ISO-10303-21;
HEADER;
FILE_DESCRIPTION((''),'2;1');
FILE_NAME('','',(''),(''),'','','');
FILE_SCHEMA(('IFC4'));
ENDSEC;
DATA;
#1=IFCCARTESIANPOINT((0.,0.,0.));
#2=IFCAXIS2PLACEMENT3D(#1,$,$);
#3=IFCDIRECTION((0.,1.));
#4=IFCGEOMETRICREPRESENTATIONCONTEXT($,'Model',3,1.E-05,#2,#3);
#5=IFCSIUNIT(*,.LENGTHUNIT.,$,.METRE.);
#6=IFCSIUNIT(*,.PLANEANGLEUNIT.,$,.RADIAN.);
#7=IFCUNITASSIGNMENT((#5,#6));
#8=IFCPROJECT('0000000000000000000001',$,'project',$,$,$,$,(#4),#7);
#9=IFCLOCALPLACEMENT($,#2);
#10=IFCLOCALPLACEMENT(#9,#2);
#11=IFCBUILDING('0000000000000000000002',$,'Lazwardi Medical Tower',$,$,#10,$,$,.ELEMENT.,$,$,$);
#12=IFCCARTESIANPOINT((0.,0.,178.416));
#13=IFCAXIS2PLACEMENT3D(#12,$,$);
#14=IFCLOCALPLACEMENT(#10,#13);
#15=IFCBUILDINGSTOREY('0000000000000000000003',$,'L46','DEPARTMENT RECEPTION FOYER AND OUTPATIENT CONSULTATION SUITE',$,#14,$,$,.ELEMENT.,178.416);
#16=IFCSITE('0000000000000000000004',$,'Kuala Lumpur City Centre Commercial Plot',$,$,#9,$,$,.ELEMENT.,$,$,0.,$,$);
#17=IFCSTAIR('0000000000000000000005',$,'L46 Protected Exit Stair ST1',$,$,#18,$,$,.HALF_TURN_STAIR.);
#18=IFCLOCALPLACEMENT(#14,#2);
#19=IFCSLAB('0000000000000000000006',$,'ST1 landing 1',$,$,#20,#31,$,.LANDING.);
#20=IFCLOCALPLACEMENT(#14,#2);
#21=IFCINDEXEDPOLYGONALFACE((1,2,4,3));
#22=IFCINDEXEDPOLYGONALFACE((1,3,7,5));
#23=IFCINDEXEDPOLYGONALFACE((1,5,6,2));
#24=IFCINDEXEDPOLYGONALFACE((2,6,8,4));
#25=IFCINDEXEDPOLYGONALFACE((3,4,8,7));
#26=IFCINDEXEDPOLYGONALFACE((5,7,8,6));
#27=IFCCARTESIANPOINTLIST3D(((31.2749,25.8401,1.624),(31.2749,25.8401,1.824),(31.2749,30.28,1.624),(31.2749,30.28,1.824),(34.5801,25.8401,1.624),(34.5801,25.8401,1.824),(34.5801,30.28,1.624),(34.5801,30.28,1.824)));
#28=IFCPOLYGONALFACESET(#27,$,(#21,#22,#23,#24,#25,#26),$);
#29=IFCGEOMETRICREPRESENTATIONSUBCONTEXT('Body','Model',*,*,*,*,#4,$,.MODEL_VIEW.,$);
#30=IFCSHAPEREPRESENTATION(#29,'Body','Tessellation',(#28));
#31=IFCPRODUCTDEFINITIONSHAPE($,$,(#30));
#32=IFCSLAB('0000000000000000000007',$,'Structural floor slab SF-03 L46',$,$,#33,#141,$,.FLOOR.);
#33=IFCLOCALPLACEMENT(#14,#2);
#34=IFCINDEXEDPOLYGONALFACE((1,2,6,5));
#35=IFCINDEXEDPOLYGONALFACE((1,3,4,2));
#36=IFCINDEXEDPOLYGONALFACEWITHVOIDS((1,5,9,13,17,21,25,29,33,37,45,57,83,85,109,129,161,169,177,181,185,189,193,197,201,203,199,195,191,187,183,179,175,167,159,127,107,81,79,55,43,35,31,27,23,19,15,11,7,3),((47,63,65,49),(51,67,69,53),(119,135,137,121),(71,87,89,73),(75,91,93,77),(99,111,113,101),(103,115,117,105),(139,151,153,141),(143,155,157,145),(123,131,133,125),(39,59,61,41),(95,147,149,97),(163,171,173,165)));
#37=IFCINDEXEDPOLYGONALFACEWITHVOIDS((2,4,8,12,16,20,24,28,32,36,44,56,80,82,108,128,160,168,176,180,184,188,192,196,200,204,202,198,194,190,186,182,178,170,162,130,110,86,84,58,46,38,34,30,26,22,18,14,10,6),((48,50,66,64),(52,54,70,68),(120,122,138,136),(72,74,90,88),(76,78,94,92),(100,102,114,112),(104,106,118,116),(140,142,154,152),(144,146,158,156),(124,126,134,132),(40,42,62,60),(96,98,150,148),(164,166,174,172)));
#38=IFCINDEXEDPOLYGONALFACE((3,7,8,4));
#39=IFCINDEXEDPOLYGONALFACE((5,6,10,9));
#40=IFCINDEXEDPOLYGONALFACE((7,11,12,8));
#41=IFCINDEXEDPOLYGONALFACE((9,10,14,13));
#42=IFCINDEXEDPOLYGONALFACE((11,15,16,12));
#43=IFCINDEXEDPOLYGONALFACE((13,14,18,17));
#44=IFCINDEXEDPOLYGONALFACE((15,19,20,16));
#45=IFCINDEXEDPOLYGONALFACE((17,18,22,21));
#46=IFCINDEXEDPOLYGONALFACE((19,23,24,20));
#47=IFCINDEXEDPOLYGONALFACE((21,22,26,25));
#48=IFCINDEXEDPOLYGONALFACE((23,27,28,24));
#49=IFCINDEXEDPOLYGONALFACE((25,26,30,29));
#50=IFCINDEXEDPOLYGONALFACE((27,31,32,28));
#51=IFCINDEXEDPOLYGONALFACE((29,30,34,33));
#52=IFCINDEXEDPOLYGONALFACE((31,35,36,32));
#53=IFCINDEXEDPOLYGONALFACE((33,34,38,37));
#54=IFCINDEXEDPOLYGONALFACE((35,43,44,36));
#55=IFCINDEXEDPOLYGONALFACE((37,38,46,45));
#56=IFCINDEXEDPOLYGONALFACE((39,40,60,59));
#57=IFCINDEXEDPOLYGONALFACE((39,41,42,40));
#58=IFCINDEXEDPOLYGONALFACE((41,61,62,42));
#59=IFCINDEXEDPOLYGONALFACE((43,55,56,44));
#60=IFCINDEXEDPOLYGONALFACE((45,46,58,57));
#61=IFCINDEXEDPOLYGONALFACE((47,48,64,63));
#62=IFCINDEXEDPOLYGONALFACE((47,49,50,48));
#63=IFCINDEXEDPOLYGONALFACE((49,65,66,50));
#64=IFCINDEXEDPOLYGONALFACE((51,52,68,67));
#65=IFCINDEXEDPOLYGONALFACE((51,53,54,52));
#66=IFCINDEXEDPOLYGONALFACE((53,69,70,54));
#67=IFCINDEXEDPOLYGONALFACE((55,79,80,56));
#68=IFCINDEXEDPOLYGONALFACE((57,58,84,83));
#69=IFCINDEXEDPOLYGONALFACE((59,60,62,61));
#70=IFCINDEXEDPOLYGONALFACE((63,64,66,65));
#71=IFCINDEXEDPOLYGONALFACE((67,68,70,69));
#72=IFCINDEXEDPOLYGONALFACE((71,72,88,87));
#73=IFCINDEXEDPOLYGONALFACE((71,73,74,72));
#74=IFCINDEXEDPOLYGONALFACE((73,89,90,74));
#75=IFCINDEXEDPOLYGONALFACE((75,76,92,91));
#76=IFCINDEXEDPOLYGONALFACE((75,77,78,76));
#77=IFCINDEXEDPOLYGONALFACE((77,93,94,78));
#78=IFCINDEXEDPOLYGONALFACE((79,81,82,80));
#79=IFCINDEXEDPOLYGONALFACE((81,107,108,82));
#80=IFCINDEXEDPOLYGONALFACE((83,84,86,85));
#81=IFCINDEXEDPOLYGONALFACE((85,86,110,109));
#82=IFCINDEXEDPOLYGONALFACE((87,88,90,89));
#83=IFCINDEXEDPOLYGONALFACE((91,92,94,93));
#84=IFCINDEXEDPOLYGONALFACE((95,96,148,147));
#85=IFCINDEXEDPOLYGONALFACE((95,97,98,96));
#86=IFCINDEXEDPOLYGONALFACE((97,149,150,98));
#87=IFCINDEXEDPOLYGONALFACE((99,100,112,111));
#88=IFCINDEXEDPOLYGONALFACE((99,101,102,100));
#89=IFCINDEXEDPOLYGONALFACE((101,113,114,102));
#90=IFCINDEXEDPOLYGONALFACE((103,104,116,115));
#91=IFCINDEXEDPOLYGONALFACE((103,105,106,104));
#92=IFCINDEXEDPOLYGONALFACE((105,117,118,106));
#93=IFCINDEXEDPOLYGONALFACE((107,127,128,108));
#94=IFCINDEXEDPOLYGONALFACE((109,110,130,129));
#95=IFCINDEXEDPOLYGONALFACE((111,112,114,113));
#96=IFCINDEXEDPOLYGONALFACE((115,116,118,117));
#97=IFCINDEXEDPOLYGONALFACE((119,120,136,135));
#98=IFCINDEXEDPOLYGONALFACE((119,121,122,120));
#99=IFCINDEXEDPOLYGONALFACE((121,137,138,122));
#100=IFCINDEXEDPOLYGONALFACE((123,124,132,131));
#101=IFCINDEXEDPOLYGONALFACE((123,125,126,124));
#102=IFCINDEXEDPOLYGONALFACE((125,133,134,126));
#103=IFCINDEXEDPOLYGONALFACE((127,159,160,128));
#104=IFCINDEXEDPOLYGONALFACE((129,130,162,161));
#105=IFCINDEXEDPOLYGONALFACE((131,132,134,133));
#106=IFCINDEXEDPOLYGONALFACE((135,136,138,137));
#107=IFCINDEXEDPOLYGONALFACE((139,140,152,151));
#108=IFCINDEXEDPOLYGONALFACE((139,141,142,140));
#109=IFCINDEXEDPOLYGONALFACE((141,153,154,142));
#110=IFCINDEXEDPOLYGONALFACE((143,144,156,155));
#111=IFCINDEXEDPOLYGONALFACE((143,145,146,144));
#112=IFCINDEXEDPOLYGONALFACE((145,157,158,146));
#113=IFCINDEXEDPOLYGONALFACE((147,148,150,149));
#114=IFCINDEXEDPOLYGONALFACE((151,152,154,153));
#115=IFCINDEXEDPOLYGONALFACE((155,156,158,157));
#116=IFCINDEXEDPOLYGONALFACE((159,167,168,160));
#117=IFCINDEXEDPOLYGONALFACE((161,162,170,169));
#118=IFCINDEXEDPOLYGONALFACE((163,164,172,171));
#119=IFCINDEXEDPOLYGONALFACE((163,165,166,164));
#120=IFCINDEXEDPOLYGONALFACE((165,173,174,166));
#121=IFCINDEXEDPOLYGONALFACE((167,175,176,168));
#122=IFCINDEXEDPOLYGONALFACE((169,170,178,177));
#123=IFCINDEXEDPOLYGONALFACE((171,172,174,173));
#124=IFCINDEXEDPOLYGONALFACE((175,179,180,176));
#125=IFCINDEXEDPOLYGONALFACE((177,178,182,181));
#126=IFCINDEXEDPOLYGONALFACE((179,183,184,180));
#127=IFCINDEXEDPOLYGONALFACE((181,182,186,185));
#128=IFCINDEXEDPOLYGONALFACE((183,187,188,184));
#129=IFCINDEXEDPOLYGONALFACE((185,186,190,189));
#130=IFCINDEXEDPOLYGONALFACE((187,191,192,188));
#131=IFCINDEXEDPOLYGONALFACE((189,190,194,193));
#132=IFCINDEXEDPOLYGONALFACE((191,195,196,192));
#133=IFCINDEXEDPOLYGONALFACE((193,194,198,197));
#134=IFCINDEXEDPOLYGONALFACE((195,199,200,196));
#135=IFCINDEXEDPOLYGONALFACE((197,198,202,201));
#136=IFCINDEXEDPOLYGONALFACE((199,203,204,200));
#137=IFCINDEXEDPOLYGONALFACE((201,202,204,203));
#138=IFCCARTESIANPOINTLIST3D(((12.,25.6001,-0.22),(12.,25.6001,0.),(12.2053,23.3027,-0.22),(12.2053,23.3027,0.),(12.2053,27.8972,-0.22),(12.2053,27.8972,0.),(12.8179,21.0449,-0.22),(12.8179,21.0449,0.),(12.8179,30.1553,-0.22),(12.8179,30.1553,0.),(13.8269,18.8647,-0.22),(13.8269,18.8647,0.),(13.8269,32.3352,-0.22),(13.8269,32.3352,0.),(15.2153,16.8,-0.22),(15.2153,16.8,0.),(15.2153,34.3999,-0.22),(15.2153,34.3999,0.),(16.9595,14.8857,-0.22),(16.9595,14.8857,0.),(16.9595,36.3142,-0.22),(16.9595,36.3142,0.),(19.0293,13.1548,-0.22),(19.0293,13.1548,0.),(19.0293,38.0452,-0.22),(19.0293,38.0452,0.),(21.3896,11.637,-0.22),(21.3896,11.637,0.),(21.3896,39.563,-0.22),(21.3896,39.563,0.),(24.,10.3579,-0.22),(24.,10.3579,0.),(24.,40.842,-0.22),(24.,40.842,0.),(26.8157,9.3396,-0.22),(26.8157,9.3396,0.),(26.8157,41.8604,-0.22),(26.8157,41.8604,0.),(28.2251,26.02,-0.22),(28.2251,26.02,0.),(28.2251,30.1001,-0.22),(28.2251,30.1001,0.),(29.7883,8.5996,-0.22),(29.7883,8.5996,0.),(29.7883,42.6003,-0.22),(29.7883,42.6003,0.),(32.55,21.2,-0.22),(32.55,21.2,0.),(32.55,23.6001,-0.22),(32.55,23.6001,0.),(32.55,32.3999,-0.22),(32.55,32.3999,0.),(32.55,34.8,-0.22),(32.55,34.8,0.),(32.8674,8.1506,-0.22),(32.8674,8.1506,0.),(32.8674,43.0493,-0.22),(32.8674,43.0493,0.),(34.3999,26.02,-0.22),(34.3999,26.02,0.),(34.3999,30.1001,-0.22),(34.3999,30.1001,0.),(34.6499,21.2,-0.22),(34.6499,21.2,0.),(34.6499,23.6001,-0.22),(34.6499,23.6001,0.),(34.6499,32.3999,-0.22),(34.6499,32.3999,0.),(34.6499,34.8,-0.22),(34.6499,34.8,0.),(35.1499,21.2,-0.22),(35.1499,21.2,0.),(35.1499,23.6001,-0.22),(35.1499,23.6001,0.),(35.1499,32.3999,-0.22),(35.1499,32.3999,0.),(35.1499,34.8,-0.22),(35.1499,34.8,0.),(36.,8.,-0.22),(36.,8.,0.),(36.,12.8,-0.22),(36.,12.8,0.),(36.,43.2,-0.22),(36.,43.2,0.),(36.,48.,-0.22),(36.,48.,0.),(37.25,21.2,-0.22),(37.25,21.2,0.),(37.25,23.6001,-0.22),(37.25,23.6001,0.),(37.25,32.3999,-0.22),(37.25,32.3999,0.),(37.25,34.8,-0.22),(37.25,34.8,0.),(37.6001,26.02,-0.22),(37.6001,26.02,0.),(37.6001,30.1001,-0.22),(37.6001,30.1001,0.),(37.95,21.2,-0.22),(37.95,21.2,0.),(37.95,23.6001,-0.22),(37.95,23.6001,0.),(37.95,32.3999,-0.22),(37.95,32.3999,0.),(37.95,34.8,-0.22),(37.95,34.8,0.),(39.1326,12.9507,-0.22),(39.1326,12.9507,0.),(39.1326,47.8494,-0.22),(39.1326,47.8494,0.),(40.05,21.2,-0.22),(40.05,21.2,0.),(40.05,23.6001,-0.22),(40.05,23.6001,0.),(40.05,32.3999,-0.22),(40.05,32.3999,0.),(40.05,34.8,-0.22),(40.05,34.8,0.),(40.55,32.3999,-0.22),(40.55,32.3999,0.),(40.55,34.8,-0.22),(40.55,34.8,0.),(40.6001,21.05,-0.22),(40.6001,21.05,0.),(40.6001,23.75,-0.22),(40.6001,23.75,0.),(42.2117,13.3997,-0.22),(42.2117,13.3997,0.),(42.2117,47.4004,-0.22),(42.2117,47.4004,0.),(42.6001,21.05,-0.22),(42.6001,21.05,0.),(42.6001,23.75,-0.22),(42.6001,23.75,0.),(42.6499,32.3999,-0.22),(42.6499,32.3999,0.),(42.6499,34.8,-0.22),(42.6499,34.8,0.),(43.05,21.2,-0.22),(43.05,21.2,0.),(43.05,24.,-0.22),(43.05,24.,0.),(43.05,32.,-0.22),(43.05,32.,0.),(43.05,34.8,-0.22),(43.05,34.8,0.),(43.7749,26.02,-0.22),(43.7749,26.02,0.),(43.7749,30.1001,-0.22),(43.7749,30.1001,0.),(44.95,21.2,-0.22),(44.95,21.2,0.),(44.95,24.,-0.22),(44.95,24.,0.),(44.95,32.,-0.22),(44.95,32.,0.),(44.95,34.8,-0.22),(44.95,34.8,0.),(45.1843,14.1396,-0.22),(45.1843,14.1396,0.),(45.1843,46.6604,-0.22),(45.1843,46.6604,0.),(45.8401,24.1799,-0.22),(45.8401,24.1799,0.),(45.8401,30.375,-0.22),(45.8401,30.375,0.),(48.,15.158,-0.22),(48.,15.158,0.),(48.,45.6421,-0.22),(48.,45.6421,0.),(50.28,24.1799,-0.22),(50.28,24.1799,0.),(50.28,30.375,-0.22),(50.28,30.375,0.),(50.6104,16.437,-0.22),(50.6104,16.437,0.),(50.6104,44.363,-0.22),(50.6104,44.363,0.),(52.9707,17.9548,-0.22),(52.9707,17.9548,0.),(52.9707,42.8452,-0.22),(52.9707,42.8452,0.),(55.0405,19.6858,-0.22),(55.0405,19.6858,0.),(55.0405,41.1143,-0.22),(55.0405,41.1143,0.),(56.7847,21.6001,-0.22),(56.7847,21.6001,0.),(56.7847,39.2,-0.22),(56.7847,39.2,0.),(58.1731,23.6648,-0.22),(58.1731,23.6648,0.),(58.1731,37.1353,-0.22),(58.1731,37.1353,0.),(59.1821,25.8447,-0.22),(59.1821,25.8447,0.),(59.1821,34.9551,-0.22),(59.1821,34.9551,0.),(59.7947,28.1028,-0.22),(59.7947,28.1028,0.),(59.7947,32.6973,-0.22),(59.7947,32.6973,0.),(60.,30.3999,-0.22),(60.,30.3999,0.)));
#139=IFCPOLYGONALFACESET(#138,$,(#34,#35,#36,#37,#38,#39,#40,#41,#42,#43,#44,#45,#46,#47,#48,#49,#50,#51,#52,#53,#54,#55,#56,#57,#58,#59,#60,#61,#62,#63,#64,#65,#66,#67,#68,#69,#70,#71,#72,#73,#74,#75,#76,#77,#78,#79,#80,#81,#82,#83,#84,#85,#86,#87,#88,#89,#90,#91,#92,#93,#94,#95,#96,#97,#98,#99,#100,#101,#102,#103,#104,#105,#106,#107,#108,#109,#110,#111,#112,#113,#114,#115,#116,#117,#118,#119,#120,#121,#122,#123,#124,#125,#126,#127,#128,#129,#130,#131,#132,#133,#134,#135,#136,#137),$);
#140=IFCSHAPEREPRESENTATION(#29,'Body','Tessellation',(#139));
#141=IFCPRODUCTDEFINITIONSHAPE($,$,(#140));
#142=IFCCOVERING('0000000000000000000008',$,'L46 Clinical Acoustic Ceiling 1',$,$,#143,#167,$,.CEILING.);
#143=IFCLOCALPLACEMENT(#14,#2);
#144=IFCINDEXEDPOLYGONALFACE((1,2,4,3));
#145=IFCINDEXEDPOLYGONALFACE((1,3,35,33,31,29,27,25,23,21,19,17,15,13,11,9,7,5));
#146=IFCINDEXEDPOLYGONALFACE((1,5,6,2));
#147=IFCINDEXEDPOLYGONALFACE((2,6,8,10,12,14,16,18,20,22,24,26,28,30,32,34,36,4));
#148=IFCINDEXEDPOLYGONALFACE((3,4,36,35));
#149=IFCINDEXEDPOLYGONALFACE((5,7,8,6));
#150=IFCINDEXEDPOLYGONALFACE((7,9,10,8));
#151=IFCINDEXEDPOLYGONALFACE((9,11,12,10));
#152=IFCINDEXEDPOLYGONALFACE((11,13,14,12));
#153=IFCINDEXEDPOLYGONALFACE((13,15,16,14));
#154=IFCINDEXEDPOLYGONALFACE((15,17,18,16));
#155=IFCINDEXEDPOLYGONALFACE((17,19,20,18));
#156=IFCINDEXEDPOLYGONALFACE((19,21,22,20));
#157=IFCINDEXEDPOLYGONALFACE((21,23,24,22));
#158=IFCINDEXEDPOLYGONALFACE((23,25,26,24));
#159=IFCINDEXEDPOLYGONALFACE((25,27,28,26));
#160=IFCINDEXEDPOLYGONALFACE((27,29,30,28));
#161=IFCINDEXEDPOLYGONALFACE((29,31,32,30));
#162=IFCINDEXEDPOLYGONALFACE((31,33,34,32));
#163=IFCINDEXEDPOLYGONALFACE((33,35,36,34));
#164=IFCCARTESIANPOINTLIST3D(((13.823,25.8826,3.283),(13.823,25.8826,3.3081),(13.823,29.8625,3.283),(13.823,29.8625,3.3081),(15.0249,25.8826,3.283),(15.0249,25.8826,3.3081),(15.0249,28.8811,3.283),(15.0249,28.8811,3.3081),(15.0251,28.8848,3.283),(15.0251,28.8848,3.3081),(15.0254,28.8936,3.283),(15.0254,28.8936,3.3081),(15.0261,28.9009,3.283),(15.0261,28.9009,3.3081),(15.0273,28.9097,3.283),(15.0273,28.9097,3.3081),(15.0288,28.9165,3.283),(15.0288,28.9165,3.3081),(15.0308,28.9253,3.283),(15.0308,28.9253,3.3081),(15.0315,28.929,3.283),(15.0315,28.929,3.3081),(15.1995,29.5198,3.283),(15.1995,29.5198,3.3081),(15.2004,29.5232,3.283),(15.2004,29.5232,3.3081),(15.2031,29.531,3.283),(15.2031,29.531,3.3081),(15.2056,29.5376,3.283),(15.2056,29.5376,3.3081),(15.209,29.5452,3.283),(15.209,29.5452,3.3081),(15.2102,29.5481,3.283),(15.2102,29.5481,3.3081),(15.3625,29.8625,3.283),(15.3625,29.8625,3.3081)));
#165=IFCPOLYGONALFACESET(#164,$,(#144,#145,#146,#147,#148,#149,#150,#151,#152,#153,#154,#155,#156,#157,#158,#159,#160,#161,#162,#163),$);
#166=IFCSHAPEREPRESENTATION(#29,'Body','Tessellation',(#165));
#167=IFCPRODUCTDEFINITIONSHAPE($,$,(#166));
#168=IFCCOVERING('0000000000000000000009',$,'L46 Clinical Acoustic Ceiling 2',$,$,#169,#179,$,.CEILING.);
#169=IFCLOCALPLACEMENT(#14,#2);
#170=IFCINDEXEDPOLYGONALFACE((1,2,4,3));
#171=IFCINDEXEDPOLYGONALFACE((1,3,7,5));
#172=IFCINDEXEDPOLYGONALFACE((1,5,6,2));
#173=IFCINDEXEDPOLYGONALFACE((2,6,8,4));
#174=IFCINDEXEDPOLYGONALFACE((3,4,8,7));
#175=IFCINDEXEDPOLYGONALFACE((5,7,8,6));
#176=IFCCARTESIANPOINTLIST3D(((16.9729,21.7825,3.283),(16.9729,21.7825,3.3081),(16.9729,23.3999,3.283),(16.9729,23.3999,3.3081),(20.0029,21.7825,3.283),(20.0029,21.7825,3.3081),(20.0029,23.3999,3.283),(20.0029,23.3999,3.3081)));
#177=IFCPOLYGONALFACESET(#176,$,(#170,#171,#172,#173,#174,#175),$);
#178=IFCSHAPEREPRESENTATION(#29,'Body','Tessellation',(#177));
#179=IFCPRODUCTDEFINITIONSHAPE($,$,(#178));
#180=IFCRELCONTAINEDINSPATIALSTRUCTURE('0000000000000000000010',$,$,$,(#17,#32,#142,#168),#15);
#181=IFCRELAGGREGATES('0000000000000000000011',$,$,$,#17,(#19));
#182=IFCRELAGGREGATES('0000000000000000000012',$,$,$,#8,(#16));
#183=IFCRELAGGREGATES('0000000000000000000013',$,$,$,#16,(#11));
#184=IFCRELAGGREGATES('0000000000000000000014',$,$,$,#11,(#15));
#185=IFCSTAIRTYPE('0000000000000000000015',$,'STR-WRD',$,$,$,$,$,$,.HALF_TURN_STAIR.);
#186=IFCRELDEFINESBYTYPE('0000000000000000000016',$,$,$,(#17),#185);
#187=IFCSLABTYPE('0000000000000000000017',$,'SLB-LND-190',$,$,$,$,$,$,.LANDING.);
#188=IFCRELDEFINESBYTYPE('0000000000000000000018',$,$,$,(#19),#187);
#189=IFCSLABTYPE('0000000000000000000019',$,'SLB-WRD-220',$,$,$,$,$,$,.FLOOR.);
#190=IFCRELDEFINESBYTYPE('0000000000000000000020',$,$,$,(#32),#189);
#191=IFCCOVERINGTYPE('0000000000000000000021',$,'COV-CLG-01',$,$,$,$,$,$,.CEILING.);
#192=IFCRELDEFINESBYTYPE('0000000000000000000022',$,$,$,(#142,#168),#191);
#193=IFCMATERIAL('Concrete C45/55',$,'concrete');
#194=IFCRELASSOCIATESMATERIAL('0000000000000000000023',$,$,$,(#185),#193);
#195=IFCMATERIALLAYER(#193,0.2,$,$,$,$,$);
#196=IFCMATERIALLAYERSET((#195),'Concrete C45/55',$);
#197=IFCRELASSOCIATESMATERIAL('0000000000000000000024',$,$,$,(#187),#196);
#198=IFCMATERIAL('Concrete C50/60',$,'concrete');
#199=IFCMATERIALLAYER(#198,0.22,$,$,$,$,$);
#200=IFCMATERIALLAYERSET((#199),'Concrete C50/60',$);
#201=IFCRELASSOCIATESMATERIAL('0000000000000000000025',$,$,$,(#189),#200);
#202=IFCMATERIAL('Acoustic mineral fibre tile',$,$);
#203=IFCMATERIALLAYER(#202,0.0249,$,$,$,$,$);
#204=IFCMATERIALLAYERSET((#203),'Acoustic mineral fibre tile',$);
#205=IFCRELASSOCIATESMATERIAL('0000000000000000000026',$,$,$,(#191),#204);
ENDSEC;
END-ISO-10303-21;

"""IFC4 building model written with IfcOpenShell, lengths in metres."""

from ifc_helpers import new_model, si_unit, direction, frame, origin, place, context, subcontext, project, spatial, polyline, outline, extrude, material, layer, layer_set, type_object, element, aggregate, save


model = new_model("IFC4")

# Units and contexts
model_context = context("Model", 3, precision=1e-05, world=origin(), true_north=direction((0.0, 1.0)))
body_context = subcontext(model_context, "Body", "Model", "MODEL_VIEW")
ifc_project = project(units=[si_unit("LENGTHUNIT", "METRE"), si_unit("PLANEANGLEUNIT", "RADIAN")], contexts=[model_context])

# Site, building, storey
site_placement = place(None, origin())
site = spatial("IfcSite", under=ifc_project, at=site_placement, Name="Kuala Lumpur City Centre Commercial Plot", CompositionType="ELEMENT", RefElevation=0.0)
building_placement = place(site_placement, origin())
building = spatial("IfcBuilding", under=site, at=building_placement, Name="Lazwardi Medical Tower", CompositionType="ELEMENT")
storey_placement = place(building_placement, frame((0.0, 0.0, 178.416)))
storey = spatial("IfcBuildingStorey", under=building, at=storey_placement, Name="L46", Description="DEPARTMENT RECEPTION FOYER AND OUTPATIENT CONSULTATION SUITE", CompositionType="ELEMENT", Elevation=178.416)

# Stair, slab
ifc_material_1 = material(Name="Concrete C45/55", Category="concrete")
stair_type = type_object("IfcStairType", Name="STR-WRD", PredefinedType="HALF_TURN_STAIR", material=ifc_material_1)
stair_placement = place(storey_placement, origin())
stair = element("IfcStair", 1, at=stair_placement, inside=storey, type_object=stair_type, Name="L46 Protected Exit Stair ST1", PredefinedType="HALF_TURN_STAIR")
ifc_layer_1 = layer(ifc_material_1, 0.2)
ifc_layer_set_1 = layer_set([ifc_layer_1], Name="Concrete C45/55")
slab_type_1 = type_object("IfcSlabType", Name="SLB-LND-190", PredefinedType="LANDING", material=ifc_layer_set_1)
slab_1_placement = place(storey_placement, frame((0.0, 0.0, 1.624)))
slab_1 = element("IfcSlab", 2, at=slab_1_placement, type_object=slab_type_1, Name="ST1 landing 1", PredefinedType="LANDING", context=body_context, shape_type="SweptSolid", body=[
    extrude(outline(polyline([(31.2749, 25.8401), (34.5801, 25.8401), (34.5801, 30.28), (31.2749, 30.28), (31.2749, 25.8401)])), origin(), (0.0, 0.0, 1.0), 0.2),
])
aggregate(stair, [slab_1])

# Slab
ifc_material_2 = material(Name="Concrete C50/60", Category="concrete")
ifc_layer_2 = layer(ifc_material_2, 0.22)
ifc_layer_set_2 = layer_set([ifc_layer_2], Name="Concrete C50/60")
slab_type_2 = type_object("IfcSlabType", Name="SLB-WRD-220", PredefinedType="FLOOR", material=ifc_layer_set_2)
slab_2_placement = place(storey_placement, frame((0.0, 0.0, -0.22)))
element("IfcSlab", 3, at=slab_2_placement, inside=storey, type_object=slab_type_2, Name="Structural floor slab SF-03 L46", PredefinedType="FLOOR", context=body_context, shape_type="SweptSolid", body=[
    extrude(outline(polyline([(12.2053, 23.3027), (12.8179, 21.0449), (13.8269, 18.8647), (15.2153, 16.8), (16.9595, 14.8857), (19.0293, 13.1548), (21.3896, 11.637), (24.0, 10.3579), (26.8157, 9.3396), (29.7883, 8.5996), (32.8674, 8.1506), (36.0, 8.0), (36.0, 12.8), (39.1326, 12.9507), (42.2117, 13.3997), (45.1843, 14.1396), (48.0, 15.158), (50.6104, 16.437), (52.9707, 17.9548), (55.0405, 19.6858), (56.7847, 21.6001), (58.1731, 23.6648), (59.1821, 25.8447), (59.7947, 28.1028), (60.0, 30.3999), (59.7947, 32.6973), (59.1821, 34.9551), (58.1731, 37.1353), (56.7847, 39.2), (55.0405, 41.1143), (52.9707, 42.8452), (50.6104, 44.363), (48.0, 45.6421), (45.1843, 46.6604), (42.2117, 47.4004), (39.1326, 47.8494), (36.0, 48.0), (36.0, 43.2), (32.8674, 43.0493), (29.7883, 42.6003), (26.8157, 41.8604), (24.0, 40.842), (21.3896, 39.563), (19.0293, 38.0452), (16.9595, 36.3142), (15.2153, 34.3999), (13.8269, 32.3352), (12.8179, 30.1553), (12.2053, 27.8972), (12.0, 25.6001), (12.2053, 23.3027)]), holes=[polyline([(28.2251, 26.02), (28.2251, 30.1001), (34.3999, 30.1001), (34.3999, 26.02), (28.2251, 26.02)]), polyline([(37.6001, 30.1001), (43.7749, 30.1001), (43.7749, 26.02), (37.6001, 26.02), (37.6001, 30.1001)]), polyline([(50.28, 30.375), (50.28, 24.1799), (45.8401, 24.1799), (45.8401, 30.375), (50.28, 30.375)]), polyline([(34.6499, 32.3999), (32.55, 32.3999), (32.55, 34.8), (34.6499, 34.8), (34.6499, 32.3999)]), polyline([(35.1499, 32.3999), (35.1499, 34.8), (37.25, 34.8), (37.25, 32.3999), (35.1499, 32.3999)]), polyline([(32.55, 23.6001), (34.6499, 23.6001), (34.6499, 21.2), (32.55, 21.2), (32.55, 23.6001)]), polyline([(37.25, 23.6001), (37.25, 21.2), (35.1499, 21.2), (35.1499, 23.6001), (37.25, 23.6001)]), polyline([(40.05, 32.3999), (37.95, 32.3999), (37.95, 34.8), (40.05, 34.8), (40.05, 32.3999)]), polyline([(40.55, 32.3999), (40.55, 34.8), (42.6499, 34.8), (42.6499, 32.3999), (40.55, 32.3999)]), polyline([(37.95, 23.6001), (40.05, 23.6001), (40.05, 21.2), (37.95, 21.2), (37.95, 23.6001)]), polyline([(44.95, 34.8), (44.95, 32.0), (43.05, 32.0), (43.05, 34.8), (44.95, 34.8)]), polyline([(44.95, 21.2), (43.05, 21.2), (43.05, 24.0), (44.95, 24.0), (44.95, 21.2)]), polyline([(40.6001, 21.05), (40.6001, 23.75), (42.6001, 23.75), (42.6001, 21.05), (40.6001, 21.05)])]), origin(), (0.0, 0.0, 1.0), 0.22),
])

# Coverings
ifc_material_3 = material(Name="Acoustic mineral fibre tile")
ifc_layer_3 = layer(ifc_material_3, 0.0249)
ifc_layer_set_3 = layer_set([ifc_layer_3], Name="Acoustic mineral fibre tile")
covering_type_1 = type_object("IfcCoveringType", Name="COV-CLG-01", PredefinedType="CEILING", material=ifc_layer_set_3)
covering_1_placement = place(storey_placement, frame((0.0, 0.0, 3.283)))
element("IfcCovering", 4, at=covering_1_placement, inside=storey, type_object=covering_type_1, Name="L46 Clinical Acoustic Ceiling 1", PredefinedType="CEILING", context=body_context, shape_type="SweptSolid", body=[
    extrude(outline(polyline([(15.0249, 25.8826), (15.0249, 28.8811), (15.0251, 28.8848), (15.0254, 28.8936), (15.0261, 28.9009), (15.0273, 28.9097), (15.0288, 28.9165), (15.0308, 28.9253), (15.0315, 28.929), (15.1995, 29.5198), (15.2004, 29.5232), (15.2031, 29.531), (15.2056, 29.5376), (15.209, 29.5452), (15.2102, 29.5481), (15.3625, 29.8625), (13.823, 29.8625), (13.823, 25.8826), (15.0249, 25.8826)])), origin(), (0.0, 0.0, 1.0), 0.0251),
])
covering_2_placement = place(storey_placement, frame((0.0, 0.0, 3.283)))
element("IfcCovering", 5, at=covering_2_placement, inside=storey, type_object=covering_type_1, Name="L46 Clinical Acoustic Ceiling 2", PredefinedType="CEILING", context=body_context, shape_type="SweptSolid", body=[
    extrude(outline(polyline([(20.0029, 23.3999), (16.9729, 23.3999), (16.9729, 21.7825), (20.0029, 21.7825), (20.0029, 23.3999)])), origin(), (0.0, 0.0, 1.0), 0.0251),
])

save(model, "model.ifc")
